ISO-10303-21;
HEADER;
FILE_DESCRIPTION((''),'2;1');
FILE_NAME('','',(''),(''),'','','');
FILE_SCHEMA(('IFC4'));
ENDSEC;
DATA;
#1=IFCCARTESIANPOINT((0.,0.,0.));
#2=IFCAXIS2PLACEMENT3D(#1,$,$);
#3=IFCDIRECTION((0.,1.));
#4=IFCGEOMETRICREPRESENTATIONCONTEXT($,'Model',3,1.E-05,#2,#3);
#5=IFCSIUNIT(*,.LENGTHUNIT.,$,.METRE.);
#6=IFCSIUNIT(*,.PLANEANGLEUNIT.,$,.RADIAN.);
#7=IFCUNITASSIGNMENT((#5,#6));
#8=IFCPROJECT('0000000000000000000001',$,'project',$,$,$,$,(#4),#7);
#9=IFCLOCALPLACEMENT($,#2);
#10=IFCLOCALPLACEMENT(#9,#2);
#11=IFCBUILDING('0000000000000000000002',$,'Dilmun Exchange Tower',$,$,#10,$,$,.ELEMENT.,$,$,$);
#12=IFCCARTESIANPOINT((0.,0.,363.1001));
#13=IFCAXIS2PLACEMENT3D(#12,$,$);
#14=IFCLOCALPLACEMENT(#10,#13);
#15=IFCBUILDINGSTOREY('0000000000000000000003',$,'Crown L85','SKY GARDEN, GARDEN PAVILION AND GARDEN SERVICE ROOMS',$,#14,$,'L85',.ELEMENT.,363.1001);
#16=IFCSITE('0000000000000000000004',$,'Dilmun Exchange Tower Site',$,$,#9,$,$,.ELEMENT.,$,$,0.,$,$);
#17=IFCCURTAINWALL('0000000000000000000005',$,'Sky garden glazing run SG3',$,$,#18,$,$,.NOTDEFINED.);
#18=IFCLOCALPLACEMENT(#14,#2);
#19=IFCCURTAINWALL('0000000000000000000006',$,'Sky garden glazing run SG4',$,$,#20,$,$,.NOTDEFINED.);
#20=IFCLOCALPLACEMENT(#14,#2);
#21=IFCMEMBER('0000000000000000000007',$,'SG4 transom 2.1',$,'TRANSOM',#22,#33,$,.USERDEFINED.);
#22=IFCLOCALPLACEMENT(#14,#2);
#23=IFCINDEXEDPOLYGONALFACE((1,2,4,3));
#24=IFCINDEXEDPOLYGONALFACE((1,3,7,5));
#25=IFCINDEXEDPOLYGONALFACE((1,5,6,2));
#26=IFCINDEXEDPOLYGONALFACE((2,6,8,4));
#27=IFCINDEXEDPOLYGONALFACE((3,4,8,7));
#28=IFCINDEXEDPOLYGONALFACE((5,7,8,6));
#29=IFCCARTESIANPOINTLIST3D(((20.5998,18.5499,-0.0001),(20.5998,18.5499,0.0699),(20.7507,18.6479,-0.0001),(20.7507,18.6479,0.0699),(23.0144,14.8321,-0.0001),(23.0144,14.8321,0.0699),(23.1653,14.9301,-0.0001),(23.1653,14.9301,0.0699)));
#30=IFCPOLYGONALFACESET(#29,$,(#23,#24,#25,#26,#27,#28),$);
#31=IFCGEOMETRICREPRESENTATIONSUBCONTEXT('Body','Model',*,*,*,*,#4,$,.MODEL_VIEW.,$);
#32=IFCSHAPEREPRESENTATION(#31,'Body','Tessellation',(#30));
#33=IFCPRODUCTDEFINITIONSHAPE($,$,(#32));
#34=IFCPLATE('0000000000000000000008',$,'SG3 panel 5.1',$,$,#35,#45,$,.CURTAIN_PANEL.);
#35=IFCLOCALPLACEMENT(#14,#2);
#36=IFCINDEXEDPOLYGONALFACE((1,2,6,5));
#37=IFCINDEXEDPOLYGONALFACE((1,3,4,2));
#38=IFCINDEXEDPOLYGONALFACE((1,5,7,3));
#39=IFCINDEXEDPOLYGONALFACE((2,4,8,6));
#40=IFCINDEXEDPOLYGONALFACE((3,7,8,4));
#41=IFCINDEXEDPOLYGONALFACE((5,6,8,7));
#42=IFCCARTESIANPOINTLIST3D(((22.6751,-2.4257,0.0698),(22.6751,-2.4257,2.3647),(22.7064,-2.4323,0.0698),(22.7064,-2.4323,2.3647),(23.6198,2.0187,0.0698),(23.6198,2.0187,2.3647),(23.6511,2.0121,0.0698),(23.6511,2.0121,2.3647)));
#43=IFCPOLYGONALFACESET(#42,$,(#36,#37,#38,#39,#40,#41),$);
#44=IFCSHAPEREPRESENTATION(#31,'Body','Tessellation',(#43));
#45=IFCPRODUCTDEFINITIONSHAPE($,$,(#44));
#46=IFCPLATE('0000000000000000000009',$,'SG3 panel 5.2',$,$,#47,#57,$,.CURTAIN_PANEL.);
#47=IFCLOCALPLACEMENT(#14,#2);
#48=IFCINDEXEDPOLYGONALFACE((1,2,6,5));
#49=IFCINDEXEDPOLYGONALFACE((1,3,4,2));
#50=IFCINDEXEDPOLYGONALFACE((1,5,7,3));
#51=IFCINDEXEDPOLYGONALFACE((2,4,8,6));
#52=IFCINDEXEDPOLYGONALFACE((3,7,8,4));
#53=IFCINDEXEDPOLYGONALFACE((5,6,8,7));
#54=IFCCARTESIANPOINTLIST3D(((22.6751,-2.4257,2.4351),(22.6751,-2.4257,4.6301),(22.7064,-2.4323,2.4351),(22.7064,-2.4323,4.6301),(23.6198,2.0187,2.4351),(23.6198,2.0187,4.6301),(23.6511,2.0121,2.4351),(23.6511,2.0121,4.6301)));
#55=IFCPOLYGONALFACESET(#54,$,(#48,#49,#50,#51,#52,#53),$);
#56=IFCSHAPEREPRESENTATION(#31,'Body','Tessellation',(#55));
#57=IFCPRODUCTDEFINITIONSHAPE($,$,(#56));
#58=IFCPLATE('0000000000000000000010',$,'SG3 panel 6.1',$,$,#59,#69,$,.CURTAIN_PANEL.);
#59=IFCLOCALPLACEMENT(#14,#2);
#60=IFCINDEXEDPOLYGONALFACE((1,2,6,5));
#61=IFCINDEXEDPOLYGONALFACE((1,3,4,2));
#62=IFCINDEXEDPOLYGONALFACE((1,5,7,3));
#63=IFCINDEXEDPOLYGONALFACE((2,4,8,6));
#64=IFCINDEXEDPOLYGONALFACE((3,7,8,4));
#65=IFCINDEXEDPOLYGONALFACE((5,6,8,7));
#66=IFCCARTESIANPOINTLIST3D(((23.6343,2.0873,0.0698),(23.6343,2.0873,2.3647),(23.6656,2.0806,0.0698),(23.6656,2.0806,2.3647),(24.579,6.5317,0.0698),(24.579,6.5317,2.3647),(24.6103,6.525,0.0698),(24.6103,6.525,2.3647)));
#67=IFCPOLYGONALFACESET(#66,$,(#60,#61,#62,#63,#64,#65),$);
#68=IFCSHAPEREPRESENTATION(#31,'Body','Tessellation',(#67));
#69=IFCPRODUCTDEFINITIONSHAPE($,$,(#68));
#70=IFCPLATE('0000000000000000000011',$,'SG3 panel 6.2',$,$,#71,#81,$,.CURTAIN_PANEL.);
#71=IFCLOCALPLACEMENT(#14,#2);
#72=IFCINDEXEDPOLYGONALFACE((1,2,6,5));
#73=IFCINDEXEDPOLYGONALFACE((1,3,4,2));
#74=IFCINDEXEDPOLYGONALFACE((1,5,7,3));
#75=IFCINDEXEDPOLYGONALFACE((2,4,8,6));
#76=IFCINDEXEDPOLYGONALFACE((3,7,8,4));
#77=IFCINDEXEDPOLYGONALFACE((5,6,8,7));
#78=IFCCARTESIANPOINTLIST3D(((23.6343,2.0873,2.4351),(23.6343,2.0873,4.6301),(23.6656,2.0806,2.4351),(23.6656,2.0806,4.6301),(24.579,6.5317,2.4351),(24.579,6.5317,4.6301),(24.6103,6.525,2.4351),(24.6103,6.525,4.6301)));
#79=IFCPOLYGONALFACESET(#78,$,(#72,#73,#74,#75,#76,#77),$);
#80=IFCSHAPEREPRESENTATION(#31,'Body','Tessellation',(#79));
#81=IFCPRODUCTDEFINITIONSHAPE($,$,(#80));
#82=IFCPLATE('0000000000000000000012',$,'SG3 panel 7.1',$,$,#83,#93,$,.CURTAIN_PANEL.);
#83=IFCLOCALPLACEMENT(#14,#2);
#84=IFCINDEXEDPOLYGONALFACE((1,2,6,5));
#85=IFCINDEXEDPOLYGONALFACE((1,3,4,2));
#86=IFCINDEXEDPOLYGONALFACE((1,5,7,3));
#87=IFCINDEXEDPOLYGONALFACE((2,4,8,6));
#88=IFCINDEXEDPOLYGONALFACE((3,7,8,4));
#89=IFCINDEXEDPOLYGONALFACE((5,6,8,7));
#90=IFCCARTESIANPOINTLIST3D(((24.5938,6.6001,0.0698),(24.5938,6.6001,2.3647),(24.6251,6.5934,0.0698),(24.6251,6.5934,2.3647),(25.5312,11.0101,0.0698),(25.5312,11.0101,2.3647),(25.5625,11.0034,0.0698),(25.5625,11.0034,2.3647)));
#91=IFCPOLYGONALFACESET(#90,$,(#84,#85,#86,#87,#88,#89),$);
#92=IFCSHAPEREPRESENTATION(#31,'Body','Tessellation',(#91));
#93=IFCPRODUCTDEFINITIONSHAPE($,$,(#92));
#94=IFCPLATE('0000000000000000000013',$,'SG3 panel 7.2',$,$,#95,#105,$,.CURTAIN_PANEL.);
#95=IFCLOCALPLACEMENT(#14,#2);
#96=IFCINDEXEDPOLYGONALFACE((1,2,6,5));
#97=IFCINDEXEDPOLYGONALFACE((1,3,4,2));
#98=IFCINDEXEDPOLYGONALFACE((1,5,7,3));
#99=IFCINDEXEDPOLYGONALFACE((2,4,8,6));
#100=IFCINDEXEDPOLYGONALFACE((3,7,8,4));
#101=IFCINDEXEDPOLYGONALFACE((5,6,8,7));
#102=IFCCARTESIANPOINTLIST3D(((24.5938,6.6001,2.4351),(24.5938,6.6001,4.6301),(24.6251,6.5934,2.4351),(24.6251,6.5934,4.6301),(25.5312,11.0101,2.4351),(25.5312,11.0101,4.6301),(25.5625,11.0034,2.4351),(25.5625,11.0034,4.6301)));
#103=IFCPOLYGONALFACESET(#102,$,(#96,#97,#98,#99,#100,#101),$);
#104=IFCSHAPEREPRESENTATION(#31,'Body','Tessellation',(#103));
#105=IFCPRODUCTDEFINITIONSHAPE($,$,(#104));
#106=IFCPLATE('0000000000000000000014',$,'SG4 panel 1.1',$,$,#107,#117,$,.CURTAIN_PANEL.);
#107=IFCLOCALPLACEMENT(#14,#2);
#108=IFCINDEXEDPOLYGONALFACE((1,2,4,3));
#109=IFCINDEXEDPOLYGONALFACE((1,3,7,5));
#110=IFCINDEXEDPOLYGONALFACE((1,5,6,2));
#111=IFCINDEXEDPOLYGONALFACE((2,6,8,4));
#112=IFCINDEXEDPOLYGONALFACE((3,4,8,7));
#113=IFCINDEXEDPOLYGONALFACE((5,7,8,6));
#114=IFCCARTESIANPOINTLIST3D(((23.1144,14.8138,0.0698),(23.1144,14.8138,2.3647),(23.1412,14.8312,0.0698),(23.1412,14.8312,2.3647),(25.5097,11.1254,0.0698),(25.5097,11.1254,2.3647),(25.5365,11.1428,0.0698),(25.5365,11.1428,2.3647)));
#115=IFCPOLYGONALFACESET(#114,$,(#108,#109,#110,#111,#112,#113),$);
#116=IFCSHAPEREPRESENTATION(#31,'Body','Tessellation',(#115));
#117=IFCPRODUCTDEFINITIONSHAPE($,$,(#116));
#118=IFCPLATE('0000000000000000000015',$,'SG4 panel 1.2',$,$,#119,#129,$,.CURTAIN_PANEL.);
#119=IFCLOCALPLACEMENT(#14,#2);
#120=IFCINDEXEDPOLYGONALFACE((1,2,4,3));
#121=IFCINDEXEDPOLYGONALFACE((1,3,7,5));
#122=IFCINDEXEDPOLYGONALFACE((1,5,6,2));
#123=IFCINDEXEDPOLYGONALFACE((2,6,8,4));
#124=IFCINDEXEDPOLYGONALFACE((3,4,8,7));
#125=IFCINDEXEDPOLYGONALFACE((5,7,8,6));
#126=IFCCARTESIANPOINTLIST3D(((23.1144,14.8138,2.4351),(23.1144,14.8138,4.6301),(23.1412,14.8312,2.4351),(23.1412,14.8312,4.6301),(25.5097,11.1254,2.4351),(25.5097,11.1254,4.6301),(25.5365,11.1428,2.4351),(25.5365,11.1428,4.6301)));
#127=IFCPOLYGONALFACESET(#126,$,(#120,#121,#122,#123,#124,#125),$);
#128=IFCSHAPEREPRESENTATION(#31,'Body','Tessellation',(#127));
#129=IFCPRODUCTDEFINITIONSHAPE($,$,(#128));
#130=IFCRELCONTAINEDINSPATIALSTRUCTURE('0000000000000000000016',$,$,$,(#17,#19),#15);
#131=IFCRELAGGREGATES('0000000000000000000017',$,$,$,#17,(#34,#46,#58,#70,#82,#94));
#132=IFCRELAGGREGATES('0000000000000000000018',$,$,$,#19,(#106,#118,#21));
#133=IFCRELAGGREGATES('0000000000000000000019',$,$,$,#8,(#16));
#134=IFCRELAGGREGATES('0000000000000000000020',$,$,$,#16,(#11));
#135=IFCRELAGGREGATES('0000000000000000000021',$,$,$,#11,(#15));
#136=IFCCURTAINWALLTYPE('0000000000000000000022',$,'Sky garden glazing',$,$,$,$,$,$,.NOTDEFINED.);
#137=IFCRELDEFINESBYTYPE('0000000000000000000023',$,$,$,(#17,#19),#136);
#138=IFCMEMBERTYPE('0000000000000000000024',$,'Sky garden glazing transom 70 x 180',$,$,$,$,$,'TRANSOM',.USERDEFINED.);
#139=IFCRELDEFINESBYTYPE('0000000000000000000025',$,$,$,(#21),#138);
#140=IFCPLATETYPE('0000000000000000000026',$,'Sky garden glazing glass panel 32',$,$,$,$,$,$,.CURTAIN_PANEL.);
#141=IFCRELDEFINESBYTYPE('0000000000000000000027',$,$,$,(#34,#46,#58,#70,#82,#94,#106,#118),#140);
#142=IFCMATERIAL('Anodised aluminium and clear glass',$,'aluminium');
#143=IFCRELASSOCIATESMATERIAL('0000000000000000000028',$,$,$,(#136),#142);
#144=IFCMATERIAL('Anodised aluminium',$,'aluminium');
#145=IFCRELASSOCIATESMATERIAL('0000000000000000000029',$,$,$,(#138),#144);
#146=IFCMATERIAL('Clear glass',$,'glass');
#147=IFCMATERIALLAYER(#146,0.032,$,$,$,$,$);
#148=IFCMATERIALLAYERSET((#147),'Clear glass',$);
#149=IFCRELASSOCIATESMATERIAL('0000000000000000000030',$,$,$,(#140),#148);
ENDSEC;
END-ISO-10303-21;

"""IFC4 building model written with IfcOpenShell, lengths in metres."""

from ifc_helpers import new_model, si_unit, direction, frame, origin, origin_2d, place, context, subcontext, project, spatial, rectangle, extrude, material, layer, layer_set, material_profile, profile_set, type_object, element, aggregate, save


model = new_model("IFC4")

# Units and contexts
model_context = context("Model", 3, precision=1e-05, world=origin(), true_north=direction((0.0, 1.0)))
body_context = subcontext(model_context, "Body", "Model", "MODEL_VIEW")
ifc_project = project(units=[si_unit("LENGTHUNIT", "METRE"), si_unit("PLANEANGLEUNIT", "RADIAN")], contexts=[model_context])

# Site, building, storey
site_placement = place(None, origin())
site = spatial("IfcSite", under=ifc_project, at=site_placement, Name="Dilmun Exchange Tower Site", CompositionType="ELEMENT", RefElevation=0.0)
building_placement = place(site_placement, origin())
building = spatial("IfcBuilding", under=site, at=building_placement, Name="Dilmun Exchange Tower", CompositionType="ELEMENT")
storey_placement = place(building_placement, frame((0.0, 0.0, 363.1001)))
storey = spatial("IfcBuildingStorey", under=building, at=storey_placement, Name="Crown L85", Description="SKY GARDEN, GARDEN PAVILION AND GARDEN SERVICE ROOMS", LongName="L85", CompositionType="ELEMENT", Elevation=363.1001)

# Curtain walls
ifc_material_1 = material(Name="Anodised aluminium and clear glass", Category="aluminium")
curtain_wall_type = type_object("IfcCurtainWallType", Name="Sky garden glazing", PredefinedType="NOTDEFINED", material=ifc_material_1)
curtain_wall_1_placement = place(storey_placement, origin())
curtain_wall_1 = element("IfcCurtainWall", 1, at=curtain_wall_1_placement, inside=storey, type_object=curtain_wall_type, Name="Sky garden glazing run SG3", PredefinedType="NOTDEFINED")
ifc_material_2 = material(Name="Anodised aluminium", Category="aluminium")
curtain_wall_2_placement = place(storey_placement, origin())
curtain_wall_2 = element("IfcCurtainWall", 2, at=curtain_wall_2_placement, inside=storey, type_object=curtain_wall_type, Name="Sky garden glazing run SG4", PredefinedType="NOTDEFINED")

# Member
ifc_material_profile_1 = material_profile(ifc_material_2, rectangle(XDim=0.1799, YDim=0.0701, at=origin_2d()), Name="AL 70x180")
ifc_profile_set_1 = profile_set([ifc_material_profile_1], Name="Anodised aluminium")
member_type_1 = type_object("IfcMemberType", Name="Sky garden glazing transom 70 x 180", ElementType="TRANSOM", PredefinedType="USERDEFINED", material=ifc_profile_set_1)
member_1_placement = place(storey_placement, frame((23.0898, 14.8811, 0.0349), z_axis=(-0.544671, 0.83865, 0.0), x_axis=(-0.83865, -0.544671, 0.0)))
member_1 = element("IfcMember", 3, at=member_1_placement, type_object=member_type_1, Name="SG4 transom 2.1", ObjectType="TRANSOM", PredefinedType="USERDEFINED", context=body_context, shape_type="SweptSolid", body=[
    extrude(rectangle(XDim=0.1799, YDim=0.0701, at=origin_2d()), origin(), (0.0, 0.0, 1.0), 4.4331),
])

# Plates
ifc_material_3 = material(Name="Clear glass", Category="glass")
ifc_layer = layer(ifc_material_3, 0.032)
ifc_layer_set = layer_set([ifc_layer], Name="Clear glass")
plate_type = type_object("IfcPlateType", Name="Sky garden glazing glass panel 32", PredefinedType="CURTAIN_PANEL", material=ifc_layer_set)
plate_1_placement = place(storey_placement, frame((23.1631, -0.2068, 0.0698), z_axis=(0.0, 0.0, 1.0), x_axis=(0.207913, 0.978147, 0.0)))
plate_1 = element("IfcPlate", 4, at=plate_1_placement, type_object=plate_type, Name="SG3 panel 5.1", PredefinedType="CURTAIN_PANEL", context=body_context, shape_type="SweptSolid", body=[
    extrude(rectangle(XDim=4.5437, YDim=0.032, at=origin_2d()), origin(), (0.0, 0.0, 1.0), 2.2949),
])
plate_2_placement = place(storey_placement, frame((23.1631, -0.2068, 2.4351), z_axis=(0.0, 0.0, 1.0), x_axis=(0.207913, 0.978147, 0.0)))
plate_2 = element("IfcPlate", 5, at=plate_2_placement, type_object=plate_type, Name="SG3 panel 5.2", PredefinedType="CURTAIN_PANEL", context=body_context, shape_type="SweptSolid", body=[
    extrude(rectangle(XDim=4.5437, YDim=0.032, at=origin_2d()), origin(), (0.0, 0.0, 1.0), 2.1951),
])
plate_3_placement = place(storey_placement, frame((24.1223, 4.3062, 0.0698), z_axis=(0.0, 0.0, 1.0), x_axis=(0.207913, 0.978147, 0.0)))
plate_3 = element("IfcPlate", 6, at=plate_3_placement, type_object=plate_type, Name="SG3 panel 6.1", PredefinedType="CURTAIN_PANEL", context=body_context, shape_type="SweptSolid", body=[
    extrude(rectangle(XDim=4.5437, YDim=0.032, at=origin_2d()), origin(), (0.0, 0.0, 1.0), 2.2949),
])
plate_4_placement = place(storey_placement, frame((24.1223, 4.3062, 2.4351), z_axis=(0.0, 0.0, 1.0), x_axis=(0.207913, 0.978147, 0.0)))
plate_4 = element("IfcPlate", 7, at=plate_4_placement, type_object=plate_type, Name="SG3 panel 6.2", PredefinedType="CURTAIN_PANEL", context=body_context, shape_type="SweptSolid", body=[
    extrude(rectangle(XDim=4.5437, YDim=0.032, at=origin_2d()), origin(), (0.0, 0.0, 1.0), 2.1951),
])
plate_5_placement = place(storey_placement, frame((25.0781, 8.8018, 0.0698), z_axis=(0.0, 0.0, 1.0), x_axis=(0.207913, 0.978147, 0.0)))
plate_5 = element("IfcPlate", 8, at=plate_5_placement, type_object=plate_type, Name="SG3 panel 7.1", PredefinedType="CURTAIN_PANEL", context=body_context, shape_type="SweptSolid", body=[
    extrude(rectangle(XDim=4.5085, YDim=0.032, at=origin_2d()), origin(), (0.0, 0.0, 1.0), 2.2949),
])
plate_6_placement = place(storey_placement, frame((25.0781, 8.8018, 2.4351), z_axis=(0.0, 0.0, 1.0), x_axis=(0.207913, 0.978147, 0.0)))
plate_6 = element("IfcPlate", 9, at=plate_6_placement, type_object=plate_type, Name="SG3 panel 7.2", PredefinedType="CURTAIN_PANEL", context=body_context, shape_type="SweptSolid", body=[
    extrude(rectangle(XDim=4.5085, YDim=0.032, at=origin_2d()), origin(), (0.0, 0.0, 1.0), 2.1951),
])
aggregate(curtain_wall_1, [plate_1, plate_2, plate_3, plate_4, plate_5, plate_6])
plate_7_placement = place(storey_placement, frame((24.3254, 12.9783, 0.0698), z_axis=(0.0, 0.0, 1.0), x_axis=(-0.544644, 0.838667, 0.0)))
plate_7 = element("IfcPlate", 10, at=plate_7_placement, type_object=plate_type, Name="SG4 panel 1.1", PredefinedType="CURTAIN_PANEL", context=body_context, shape_type="SweptSolid", body=[
    extrude(rectangle(XDim=4.3979, YDim=0.032, at=origin_2d()), origin(), (0.0, 0.0, 1.0), 2.2949),
])
plate_8_placement = place(storey_placement, frame((24.3254, 12.9783, 2.4351), z_axis=(0.0, 0.0, 1.0), x_axis=(-0.544644, 0.838667, 0.0)))
plate_8 = element("IfcPlate", 11, at=plate_8_placement, type_object=plate_type, Name="SG4 panel 1.2", PredefinedType="CURTAIN_PANEL", context=body_context, shape_type="SweptSolid", body=[
    extrude(rectangle(XDim=4.3979, YDim=0.032, at=origin_2d()), origin(), (0.0, 0.0, 1.0), 2.1951),
])
aggregate(curtain_wall_2, [plate_7, plate_8, member_1])

save(model, "model.ifc")
